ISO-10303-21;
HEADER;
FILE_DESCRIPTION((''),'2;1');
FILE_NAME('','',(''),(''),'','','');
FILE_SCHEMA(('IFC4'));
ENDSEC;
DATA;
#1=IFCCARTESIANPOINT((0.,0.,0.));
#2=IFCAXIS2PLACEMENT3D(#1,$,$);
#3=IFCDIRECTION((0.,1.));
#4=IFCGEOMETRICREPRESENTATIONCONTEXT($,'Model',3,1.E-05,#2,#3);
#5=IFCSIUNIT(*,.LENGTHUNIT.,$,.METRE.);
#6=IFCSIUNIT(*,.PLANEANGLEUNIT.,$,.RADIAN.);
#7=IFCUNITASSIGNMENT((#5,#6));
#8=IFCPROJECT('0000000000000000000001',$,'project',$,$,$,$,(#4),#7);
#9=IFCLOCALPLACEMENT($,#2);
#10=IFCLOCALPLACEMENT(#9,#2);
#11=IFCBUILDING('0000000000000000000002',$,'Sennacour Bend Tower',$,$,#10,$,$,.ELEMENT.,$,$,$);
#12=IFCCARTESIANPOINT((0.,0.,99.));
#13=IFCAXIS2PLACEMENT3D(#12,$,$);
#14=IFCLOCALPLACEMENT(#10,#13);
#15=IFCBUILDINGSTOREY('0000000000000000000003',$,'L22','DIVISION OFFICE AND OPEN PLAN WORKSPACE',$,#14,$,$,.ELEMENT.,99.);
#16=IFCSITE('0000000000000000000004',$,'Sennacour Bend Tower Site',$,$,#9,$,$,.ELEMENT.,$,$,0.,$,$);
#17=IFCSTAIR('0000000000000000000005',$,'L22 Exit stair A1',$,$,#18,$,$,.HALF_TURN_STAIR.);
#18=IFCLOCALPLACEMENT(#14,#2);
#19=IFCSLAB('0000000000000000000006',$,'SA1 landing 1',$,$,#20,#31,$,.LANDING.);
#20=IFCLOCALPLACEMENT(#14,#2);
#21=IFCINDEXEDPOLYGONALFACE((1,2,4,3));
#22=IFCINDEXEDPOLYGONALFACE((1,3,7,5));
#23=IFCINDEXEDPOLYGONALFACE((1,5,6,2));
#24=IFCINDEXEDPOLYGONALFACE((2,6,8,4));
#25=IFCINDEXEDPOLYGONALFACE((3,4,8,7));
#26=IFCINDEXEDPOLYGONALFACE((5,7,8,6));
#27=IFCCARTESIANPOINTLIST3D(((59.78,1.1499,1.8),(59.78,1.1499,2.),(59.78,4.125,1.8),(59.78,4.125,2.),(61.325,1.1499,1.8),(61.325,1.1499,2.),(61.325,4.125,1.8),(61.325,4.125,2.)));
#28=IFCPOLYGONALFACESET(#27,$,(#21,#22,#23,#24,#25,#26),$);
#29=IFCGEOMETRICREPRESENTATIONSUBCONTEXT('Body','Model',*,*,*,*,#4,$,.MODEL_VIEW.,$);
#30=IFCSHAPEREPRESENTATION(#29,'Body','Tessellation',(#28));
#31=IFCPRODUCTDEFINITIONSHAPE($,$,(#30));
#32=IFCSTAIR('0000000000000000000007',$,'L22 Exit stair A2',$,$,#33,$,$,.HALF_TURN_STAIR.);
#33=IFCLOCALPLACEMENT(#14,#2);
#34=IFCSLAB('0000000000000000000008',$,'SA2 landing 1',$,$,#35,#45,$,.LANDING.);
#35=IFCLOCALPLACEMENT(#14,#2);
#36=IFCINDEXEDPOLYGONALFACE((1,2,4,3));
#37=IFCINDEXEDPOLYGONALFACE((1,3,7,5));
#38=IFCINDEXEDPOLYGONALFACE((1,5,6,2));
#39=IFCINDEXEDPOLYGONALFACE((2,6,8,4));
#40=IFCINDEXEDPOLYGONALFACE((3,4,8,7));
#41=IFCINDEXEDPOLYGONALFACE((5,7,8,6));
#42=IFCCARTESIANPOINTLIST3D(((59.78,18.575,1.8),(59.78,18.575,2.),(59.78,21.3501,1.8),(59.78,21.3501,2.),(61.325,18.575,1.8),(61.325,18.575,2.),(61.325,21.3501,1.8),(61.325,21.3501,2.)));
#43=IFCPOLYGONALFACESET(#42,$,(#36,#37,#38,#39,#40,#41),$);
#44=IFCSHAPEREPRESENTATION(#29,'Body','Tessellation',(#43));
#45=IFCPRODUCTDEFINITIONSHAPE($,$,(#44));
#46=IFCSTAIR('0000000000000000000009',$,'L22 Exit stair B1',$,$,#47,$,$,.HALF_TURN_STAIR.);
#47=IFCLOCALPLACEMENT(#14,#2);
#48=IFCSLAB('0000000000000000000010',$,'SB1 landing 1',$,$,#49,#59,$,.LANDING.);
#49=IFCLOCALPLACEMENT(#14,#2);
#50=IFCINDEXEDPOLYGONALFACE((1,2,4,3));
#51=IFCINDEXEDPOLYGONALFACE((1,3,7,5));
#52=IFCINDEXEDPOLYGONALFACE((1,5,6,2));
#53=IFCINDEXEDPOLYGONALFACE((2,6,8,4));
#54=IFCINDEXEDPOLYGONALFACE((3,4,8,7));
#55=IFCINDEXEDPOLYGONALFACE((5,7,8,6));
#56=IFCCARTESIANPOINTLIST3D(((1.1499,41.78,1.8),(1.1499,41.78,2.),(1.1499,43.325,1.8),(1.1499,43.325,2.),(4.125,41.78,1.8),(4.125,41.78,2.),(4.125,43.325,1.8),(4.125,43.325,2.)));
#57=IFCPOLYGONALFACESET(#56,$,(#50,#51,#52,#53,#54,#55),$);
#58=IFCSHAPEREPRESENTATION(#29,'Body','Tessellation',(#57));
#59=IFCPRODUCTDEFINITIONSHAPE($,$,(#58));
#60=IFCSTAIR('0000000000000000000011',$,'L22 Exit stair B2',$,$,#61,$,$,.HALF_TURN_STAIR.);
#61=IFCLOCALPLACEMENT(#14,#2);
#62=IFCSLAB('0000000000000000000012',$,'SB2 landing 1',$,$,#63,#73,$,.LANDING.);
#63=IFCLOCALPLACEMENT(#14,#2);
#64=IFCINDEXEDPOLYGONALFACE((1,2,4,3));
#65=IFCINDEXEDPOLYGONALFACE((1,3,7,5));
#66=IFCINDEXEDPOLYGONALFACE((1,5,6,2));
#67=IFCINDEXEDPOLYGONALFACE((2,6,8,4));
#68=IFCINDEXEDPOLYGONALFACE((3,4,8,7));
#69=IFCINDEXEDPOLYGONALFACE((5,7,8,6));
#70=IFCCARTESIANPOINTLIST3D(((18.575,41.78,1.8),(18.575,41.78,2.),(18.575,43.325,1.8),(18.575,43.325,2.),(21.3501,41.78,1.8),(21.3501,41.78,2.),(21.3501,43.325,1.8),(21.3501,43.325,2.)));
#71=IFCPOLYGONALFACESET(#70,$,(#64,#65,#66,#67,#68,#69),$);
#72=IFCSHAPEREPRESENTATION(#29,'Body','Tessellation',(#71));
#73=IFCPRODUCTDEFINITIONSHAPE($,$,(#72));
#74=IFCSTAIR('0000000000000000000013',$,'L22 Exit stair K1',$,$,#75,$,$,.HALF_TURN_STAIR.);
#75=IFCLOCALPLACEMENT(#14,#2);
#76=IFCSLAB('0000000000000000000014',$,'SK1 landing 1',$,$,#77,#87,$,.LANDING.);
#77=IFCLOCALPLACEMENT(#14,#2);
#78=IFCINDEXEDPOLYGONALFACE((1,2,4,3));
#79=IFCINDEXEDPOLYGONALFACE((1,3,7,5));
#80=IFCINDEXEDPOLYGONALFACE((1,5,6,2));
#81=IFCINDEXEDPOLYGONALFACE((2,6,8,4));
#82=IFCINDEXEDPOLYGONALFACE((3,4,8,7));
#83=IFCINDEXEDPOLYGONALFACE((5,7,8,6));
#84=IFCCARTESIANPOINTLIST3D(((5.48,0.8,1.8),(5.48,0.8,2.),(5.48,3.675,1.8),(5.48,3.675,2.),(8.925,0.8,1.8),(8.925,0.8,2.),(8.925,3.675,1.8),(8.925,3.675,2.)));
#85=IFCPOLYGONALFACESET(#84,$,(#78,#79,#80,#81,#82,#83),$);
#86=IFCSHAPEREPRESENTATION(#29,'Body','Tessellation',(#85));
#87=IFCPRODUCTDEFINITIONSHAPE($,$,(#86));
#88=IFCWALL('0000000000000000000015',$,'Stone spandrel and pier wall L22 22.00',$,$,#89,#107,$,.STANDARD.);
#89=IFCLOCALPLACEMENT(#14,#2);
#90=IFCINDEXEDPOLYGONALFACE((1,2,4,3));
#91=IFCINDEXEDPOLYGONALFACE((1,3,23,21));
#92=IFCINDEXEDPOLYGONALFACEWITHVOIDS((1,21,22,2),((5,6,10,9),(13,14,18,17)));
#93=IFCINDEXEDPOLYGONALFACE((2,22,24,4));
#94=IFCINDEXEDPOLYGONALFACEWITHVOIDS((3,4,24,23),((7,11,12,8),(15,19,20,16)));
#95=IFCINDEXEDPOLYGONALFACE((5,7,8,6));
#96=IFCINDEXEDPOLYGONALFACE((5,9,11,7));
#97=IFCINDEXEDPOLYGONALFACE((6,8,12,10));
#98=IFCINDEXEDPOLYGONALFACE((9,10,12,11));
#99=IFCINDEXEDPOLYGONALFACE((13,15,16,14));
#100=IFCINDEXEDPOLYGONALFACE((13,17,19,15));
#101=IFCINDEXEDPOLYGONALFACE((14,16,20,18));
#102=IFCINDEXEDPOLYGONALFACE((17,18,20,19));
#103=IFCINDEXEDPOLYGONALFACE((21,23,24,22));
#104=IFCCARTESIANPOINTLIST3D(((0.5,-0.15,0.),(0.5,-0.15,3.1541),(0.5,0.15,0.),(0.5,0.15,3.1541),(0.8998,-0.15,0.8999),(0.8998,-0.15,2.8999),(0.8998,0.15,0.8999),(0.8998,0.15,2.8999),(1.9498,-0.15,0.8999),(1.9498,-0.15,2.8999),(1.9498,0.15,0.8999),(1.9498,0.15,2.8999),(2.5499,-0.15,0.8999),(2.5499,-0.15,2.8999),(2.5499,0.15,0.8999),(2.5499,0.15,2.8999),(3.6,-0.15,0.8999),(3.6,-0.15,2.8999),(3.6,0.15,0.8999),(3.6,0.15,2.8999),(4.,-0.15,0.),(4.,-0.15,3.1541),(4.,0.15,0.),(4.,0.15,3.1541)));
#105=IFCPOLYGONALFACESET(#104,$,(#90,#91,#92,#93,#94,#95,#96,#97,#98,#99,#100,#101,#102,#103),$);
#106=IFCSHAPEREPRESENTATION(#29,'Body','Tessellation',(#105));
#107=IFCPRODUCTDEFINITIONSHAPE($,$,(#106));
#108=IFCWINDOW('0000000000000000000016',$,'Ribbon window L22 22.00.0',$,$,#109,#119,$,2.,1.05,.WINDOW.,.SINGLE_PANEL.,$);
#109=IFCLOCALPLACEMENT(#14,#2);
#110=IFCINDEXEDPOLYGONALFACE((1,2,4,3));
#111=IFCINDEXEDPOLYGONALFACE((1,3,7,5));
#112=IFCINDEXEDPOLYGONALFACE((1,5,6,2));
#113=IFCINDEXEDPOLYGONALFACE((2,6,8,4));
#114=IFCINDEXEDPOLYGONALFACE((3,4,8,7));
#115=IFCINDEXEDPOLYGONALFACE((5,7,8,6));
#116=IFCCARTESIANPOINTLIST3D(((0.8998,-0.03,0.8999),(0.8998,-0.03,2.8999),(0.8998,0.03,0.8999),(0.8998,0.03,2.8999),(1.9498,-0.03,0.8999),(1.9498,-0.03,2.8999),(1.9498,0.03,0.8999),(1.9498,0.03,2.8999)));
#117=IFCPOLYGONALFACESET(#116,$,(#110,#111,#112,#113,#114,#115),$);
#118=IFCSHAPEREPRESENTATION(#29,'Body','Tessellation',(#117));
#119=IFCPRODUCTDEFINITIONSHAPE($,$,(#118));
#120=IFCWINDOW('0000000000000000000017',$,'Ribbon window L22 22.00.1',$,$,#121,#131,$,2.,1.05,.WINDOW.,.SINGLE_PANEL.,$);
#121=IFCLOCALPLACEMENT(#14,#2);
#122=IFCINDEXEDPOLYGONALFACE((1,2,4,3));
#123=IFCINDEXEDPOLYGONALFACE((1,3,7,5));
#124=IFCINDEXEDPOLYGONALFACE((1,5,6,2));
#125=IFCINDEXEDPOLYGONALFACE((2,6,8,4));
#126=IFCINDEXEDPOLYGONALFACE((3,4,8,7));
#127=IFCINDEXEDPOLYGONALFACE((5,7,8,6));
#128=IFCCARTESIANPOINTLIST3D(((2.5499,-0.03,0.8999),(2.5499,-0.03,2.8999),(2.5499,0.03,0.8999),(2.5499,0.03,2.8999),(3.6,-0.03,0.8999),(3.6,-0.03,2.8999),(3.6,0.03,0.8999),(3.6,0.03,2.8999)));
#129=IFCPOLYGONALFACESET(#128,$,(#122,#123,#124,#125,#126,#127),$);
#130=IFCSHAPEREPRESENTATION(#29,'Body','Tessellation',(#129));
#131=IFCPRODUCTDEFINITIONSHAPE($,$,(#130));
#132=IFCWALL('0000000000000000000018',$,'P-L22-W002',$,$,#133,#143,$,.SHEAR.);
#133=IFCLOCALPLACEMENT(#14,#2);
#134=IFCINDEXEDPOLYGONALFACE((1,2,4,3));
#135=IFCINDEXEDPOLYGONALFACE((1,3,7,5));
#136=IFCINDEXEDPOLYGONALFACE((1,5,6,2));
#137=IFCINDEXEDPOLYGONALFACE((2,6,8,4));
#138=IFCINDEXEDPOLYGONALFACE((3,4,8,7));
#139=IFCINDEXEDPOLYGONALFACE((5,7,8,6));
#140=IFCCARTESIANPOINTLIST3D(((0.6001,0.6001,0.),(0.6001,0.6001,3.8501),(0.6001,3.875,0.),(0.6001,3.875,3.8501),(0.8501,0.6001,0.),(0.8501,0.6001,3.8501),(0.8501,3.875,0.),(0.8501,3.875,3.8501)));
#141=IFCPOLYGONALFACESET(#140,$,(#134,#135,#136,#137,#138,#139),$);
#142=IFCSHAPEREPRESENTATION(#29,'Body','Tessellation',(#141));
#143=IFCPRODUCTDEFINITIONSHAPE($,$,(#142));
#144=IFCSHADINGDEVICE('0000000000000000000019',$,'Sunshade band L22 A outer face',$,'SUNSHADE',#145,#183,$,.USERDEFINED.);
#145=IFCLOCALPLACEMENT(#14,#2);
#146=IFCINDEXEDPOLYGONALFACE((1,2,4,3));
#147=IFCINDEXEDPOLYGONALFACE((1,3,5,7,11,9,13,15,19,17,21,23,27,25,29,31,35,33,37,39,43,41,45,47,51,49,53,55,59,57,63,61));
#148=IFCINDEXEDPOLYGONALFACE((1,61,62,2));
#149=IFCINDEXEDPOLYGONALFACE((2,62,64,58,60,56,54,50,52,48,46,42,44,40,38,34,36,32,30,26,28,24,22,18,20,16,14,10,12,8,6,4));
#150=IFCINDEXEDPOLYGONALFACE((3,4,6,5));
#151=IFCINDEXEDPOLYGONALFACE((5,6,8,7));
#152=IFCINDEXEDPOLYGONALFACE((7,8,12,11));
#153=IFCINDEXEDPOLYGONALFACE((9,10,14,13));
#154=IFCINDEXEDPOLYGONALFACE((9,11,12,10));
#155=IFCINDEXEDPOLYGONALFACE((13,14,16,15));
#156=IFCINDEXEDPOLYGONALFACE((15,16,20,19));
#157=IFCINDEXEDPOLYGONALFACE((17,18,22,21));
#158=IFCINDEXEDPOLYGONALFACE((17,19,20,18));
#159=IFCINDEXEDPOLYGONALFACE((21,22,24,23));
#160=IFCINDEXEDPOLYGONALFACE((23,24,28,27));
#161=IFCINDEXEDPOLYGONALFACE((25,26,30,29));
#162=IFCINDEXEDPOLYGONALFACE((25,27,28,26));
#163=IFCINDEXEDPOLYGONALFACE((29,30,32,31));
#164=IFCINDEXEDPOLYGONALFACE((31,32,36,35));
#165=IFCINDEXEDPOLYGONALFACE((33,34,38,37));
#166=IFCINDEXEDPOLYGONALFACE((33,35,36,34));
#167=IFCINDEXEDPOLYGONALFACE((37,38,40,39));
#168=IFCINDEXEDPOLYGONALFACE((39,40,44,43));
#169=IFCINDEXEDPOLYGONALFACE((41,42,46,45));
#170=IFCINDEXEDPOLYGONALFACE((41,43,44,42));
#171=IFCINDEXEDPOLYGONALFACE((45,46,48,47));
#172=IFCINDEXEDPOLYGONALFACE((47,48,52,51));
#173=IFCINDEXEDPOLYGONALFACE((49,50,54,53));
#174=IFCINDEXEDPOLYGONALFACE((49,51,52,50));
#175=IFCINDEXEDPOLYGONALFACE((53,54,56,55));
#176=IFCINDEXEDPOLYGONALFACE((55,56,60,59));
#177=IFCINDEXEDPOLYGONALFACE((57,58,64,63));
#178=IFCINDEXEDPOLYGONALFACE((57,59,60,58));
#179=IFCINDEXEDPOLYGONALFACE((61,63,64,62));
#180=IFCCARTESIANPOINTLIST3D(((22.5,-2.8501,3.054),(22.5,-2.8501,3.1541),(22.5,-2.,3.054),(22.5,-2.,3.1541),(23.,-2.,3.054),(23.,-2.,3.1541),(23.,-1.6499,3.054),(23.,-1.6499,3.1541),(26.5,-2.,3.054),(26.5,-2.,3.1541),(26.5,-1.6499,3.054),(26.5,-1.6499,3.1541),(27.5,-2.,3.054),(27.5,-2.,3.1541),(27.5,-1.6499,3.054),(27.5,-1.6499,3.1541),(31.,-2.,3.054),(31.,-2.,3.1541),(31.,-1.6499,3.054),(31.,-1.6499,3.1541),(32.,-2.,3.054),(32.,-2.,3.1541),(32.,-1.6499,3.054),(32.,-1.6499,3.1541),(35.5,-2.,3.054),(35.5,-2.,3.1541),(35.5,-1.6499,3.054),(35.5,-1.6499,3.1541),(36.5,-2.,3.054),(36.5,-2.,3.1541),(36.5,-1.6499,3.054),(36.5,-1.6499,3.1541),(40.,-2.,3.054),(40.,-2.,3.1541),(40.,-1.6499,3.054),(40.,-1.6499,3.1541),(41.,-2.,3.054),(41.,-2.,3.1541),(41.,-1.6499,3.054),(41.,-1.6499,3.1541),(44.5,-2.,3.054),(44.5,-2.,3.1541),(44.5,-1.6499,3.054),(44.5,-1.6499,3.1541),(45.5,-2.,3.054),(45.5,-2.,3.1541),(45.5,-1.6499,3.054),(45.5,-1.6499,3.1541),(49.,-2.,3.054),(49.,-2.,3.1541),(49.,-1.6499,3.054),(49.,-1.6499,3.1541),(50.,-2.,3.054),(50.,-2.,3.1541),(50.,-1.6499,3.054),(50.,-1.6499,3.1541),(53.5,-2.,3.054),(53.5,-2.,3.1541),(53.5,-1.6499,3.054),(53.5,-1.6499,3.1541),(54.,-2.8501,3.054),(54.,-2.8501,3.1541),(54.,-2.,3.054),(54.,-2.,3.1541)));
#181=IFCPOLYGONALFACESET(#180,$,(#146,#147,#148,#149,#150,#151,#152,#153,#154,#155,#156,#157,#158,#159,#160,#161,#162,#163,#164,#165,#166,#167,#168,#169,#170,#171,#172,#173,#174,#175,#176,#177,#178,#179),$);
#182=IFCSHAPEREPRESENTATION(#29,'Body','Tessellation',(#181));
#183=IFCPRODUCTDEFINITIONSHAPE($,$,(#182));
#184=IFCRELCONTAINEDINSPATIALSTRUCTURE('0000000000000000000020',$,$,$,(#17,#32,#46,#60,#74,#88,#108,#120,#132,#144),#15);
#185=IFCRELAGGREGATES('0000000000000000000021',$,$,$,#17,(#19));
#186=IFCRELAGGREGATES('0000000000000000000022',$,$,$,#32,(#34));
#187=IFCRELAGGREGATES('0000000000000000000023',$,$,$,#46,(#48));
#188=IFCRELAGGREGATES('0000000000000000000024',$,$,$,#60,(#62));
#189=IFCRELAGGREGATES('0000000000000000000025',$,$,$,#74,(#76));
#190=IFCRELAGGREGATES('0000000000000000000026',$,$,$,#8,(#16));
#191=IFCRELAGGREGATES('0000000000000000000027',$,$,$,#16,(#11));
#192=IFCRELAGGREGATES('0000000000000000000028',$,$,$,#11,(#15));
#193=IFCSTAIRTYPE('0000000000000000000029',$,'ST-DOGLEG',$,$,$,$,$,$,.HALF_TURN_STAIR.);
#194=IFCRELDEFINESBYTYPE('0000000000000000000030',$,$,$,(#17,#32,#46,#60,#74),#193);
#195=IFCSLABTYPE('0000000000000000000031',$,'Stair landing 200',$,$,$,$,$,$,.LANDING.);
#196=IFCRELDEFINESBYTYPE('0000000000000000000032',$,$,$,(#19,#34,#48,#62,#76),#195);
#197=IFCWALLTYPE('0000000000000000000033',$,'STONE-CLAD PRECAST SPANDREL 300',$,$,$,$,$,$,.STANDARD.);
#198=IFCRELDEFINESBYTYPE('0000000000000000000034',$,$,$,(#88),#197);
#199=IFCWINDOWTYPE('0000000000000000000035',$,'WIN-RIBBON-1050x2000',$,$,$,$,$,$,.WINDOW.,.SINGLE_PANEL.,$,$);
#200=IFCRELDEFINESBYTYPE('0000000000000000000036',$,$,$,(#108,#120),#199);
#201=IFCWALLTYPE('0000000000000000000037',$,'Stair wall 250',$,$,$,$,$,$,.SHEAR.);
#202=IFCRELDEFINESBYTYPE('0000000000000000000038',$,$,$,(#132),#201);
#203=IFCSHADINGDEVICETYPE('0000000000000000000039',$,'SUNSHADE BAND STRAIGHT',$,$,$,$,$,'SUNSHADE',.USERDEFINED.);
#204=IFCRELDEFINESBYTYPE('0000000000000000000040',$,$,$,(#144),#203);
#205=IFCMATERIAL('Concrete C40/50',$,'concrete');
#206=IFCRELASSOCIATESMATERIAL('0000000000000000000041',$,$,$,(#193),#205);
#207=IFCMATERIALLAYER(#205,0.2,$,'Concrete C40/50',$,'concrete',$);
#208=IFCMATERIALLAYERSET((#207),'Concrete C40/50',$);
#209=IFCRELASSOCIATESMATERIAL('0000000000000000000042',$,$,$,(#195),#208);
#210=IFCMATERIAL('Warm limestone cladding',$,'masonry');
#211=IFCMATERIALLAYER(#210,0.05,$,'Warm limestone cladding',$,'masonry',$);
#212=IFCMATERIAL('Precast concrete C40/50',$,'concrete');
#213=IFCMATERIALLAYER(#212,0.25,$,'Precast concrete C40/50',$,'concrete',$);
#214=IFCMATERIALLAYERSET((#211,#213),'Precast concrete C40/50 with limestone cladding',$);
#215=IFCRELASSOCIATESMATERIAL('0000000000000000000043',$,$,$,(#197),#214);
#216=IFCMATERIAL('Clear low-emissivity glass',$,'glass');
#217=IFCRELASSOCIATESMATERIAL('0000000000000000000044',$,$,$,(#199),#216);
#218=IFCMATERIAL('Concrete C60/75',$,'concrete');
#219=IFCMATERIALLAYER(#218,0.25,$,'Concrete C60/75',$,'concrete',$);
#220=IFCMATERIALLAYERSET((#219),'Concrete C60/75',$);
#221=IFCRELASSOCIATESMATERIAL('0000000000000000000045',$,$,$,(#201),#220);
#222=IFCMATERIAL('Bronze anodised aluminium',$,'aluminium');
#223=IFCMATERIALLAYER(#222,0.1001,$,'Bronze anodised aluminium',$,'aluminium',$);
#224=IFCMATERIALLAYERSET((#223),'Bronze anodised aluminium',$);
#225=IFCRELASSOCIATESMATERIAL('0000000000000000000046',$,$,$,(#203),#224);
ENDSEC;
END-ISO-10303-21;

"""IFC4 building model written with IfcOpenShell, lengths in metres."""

from ifc_helpers import new_model, si_unit, direction, frame, frame_2d, origin, place, context, subcontext, project, spatial, polyline, rectangle, outline, extrude, material, layer, layer_set, type_object, element, fill, aggregate, save


model = new_model("IFC4")

# Units and contexts
model_context = context("Model", 3, precision=1e-05, world=origin(), true_north=direction((0.0, 1.0)))
body_context = subcontext(model_context, "Body", "Model", "MODEL_VIEW")
ifc_project = project(units=[si_unit("LENGTHUNIT", "METRE"), si_unit("PLANEANGLEUNIT", "RADIAN")], contexts=[model_context])

# Site, building, storey
site_placement = place(None, origin())
site = spatial("IfcSite", under=ifc_project, at=site_placement, Name="Sennacour Bend Tower Site", CompositionType="ELEMENT", RefElevation=0.0)
building_placement = place(site_placement, origin())
building = spatial("IfcBuilding", under=site, at=building_placement, Name="Sennacour Bend Tower", CompositionType="ELEMENT")
storey_placement = place(building_placement, frame((0.0, 0.0, 99.0)))
storey = spatial("IfcBuildingStorey", under=building, at=storey_placement, Name="L22", Description="DIVISION OFFICE AND OPEN PLAN WORKSPACE", CompositionType="ELEMENT", Elevation=99.0)

# Shared definitions
ifc_material_1 = material(Name="Concrete C40/50", Category="concrete")

# Stairs, slabs
stair_type = type_object("IfcStairType", Name="ST-DOGLEG", PredefinedType="HALF_TURN_STAIR", material=ifc_material_1)
stair_1_placement = place(storey_placement, origin())
stair_1 = element("IfcStair", 1, at=stair_1_placement, inside=storey, type_object=stair_type, Name="L22 Exit stair A1", PredefinedType="HALF_TURN_STAIR")
ifc_layer_1 = layer(ifc_material_1, 0.2, Name="Concrete C40/50", Category="concrete")
ifc_layer_set_1 = layer_set([ifc_layer_1], Name="Concrete C40/50")
slab_type_1 = type_object("IfcSlabType", Name="Stair landing 200", PredefinedType="LANDING", material=ifc_layer_set_1)
slab_1_placement = place(storey_placement, frame((0.0, 0.0, 1.8)))
slab_1 = element("IfcSlab", 2, at=slab_1_placement, type_object=slab_type_1, Name="SA1 landing 1", PredefinedType="LANDING", context=body_context, shape_type="SweptSolid", body=[
    extrude(outline(polyline([(59.78, 1.1499), (61.325, 1.1499), (61.325, 4.125), (59.78, 4.125), (59.78, 1.1499)])), origin(), (0.0, 0.0, 1.0), 0.2),
])
aggregate(stair_1, [slab_1])
stair_2_placement = place(storey_placement, origin())
stair_2 = element("IfcStair", 3, at=stair_2_placement, inside=storey, type_object=stair_type, Name="L22 Exit stair A2", PredefinedType="HALF_TURN_STAIR")
slab_2_placement = place(storey_placement, frame((0.0, 0.0, 1.8)))
slab_2 = element("IfcSlab", 4, at=slab_2_placement, type_object=slab_type_1, Name="SA2 landing 1", PredefinedType="LANDING", context=body_context, shape_type="SweptSolid", body=[
    extrude(outline(polyline([(59.78, 18.575), (61.325, 18.575), (61.325, 21.3501), (59.78, 21.3501), (59.78, 18.575)])), origin(), (0.0, 0.0, 1.0), 0.2),
])
aggregate(stair_2, [slab_2])
stair_3_placement = place(storey_placement, origin())
stair_3 = element("IfcStair", 5, at=stair_3_placement, inside=storey, type_object=stair_type, Name="L22 Exit stair B1", PredefinedType="HALF_TURN_STAIR")
slab_3_placement = place(storey_placement, frame((0.0, 0.0, 1.8)))
slab_3 = element("IfcSlab", 6, at=slab_3_placement, type_object=slab_type_1, Name="SB1 landing 1", PredefinedType="LANDING", context=body_context, shape_type="SweptSolid", body=[
    extrude(outline(polyline([(1.1499, 41.78), (4.125, 41.78), (4.125, 43.325), (1.1499, 43.325), (1.1499, 41.78)])), origin(), (0.0, 0.0, 1.0), 0.2),
])
aggregate(stair_3, [slab_3])
stair_4_placement = place(storey_placement, origin())
stair_4 = element("IfcStair", 7, at=stair_4_placement, inside=storey, type_object=stair_type, Name="L22 Exit stair B2", PredefinedType="HALF_TURN_STAIR")
slab_4_placement = place(storey_placement, frame((0.0, 0.0, 1.8)))
slab_4 = element("IfcSlab", 8, at=slab_4_placement, type_object=slab_type_1, Name="SB2 landing 1", PredefinedType="LANDING", context=body_context, shape_type="SweptSolid", body=[
    extrude(outline(polyline([(18.575, 41.78), (21.3501, 41.78), (21.3501, 43.325), (18.575, 43.325), (18.575, 41.78)])), origin(), (0.0, 0.0, 1.0), 0.2),
])
aggregate(stair_4, [slab_4])
stair_5_placement = place(storey_placement, origin())
stair_5 = element("IfcStair", 9, at=stair_5_placement, inside=storey, type_object=stair_type, Name="L22 Exit stair K1", PredefinedType="HALF_TURN_STAIR")
slab_5_placement = place(storey_placement, frame((0.0, 0.0, 1.8)))
slab_5 = element("IfcSlab", 10, at=slab_5_placement, type_object=slab_type_1, Name="SK1 landing 1", PredefinedType="LANDING", context=body_context, shape_type="SweptSolid", body=[
    extrude(outline(polyline([(5.48, 0.8), (8.925, 0.8), (8.925, 3.675), (5.48, 3.675), (5.48, 0.8)])), origin(), (0.0, 0.0, 1.0), 0.2),
])
aggregate(stair_5, [slab_5])

# Wall, openings, windows
ifc_material_2 = material(Name="Warm limestone cladding", Category="masonry")
ifc_layer_2 = layer(ifc_material_2, 0.05, Name="Warm limestone cladding", Category="masonry")
ifc_material_3 = material(Name="Precast concrete C40/50", Category="concrete")
ifc_layer_3 = layer(ifc_material_3, 0.25, Name="Precast concrete C40/50", Category="concrete")
ifc_layer_set_2 = layer_set([ifc_layer_2, ifc_layer_3], Name="Precast concrete C40/50 with limestone cladding")
wall_type_1 = type_object("IfcWallType", Name="STONE-CLAD PRECAST SPANDREL 300", PredefinedType="STANDARD", material=ifc_layer_set_2)
wall_1_placement = place(storey_placement, frame((0.5, 0.0, 0.0), z_axis=(0.0, 0.0, 1.0), x_axis=(1.0, 0.0, 0.0)))
wall_1 = element("IfcWall", 11, at=wall_1_placement, inside=storey, type_object=wall_type_1, Name="Stone spandrel and pier wall L22 22.00", PredefinedType="STANDARD", context=body_context, shape_type="SweptSolid", body=[
    extrude(rectangle(XDim=3.5, YDim=0.3, at=frame_2d((1.75, 0.0))), origin(), (0.0, 0.0, 1.0), 3.1541),
])
opening_1_placement = place(wall_1_placement, frame((0.3999, 0.0, 0.8999)))
opening_1 = element("IfcOpeningElement", 12, at=opening_1_placement, cuts=wall_1, PredefinedType="OPENING", context=body_context, shape_type="SweptSolid", body=[
    extrude(rectangle(XDim=1.05, YDim=2.0, at=frame_2d((0.5249, 1.0))), frame((0.0, 0.1602, 0.0), z_axis=(0.0, -1.0, 0.0), x_axis=(1.0, 0.0, 0.0)), (0.0, 0.0, 1.0), 0.3201),
])
opening_2_placement = place(wall_1_placement, frame((2.05, 0.0, 0.8999)))
opening_2 = element("IfcOpeningElement", 13, at=opening_2_placement, cuts=wall_1, PredefinedType="OPENING", context=body_context, shape_type="SweptSolid", body=[
    extrude(rectangle(XDim=1.05, YDim=2.0, at=frame_2d((0.5249, 1.0))), frame((0.0, 0.1602, 0.0), z_axis=(0.0, -1.0, 0.0), x_axis=(1.0, 0.0, 0.0)), (0.0, 0.0, 1.0), 0.3201),
])
ifc_material_4 = material(Name="Clear low-emissivity glass", Category="glass")
window_type = type_object("IfcWindowType", Name="WIN-RIBBON-1050x2000", PartitioningType="SINGLE_PANEL", PredefinedType="WINDOW", material=ifc_material_4)
window_1_placement = place(opening_1_placement, origin())
window_1 = element("IfcWindow", 14, at=window_1_placement, inside=storey, type_object=window_type, Name="Ribbon window L22 22.00.0", OverallHeight=2.0, OverallWidth=1.05, PartitioningType="SINGLE_PANEL", PredefinedType="WINDOW", context=body_context, shape_type="SweptSolid", body=[
    extrude(rectangle(XDim=1.05, YDim=2.0, at=frame_2d((0.5249, 1.0))), frame((0.0, 0.03, 0.0), z_axis=(0.0, -1.0, 0.0), x_axis=(1.0, 0.0, 0.0)), (0.0, 0.0, 1.0), 0.0601),
])
fill(opening_1, window_1)
window_2_placement = place(opening_2_placement, origin())
window_2 = element("IfcWindow", 15, at=window_2_placement, inside=storey, type_object=window_type, Name="Ribbon window L22 22.00.1", OverallHeight=2.0, OverallWidth=1.05, PartitioningType="SINGLE_PANEL", PredefinedType="WINDOW", context=body_context, shape_type="SweptSolid", body=[
    extrude(rectangle(XDim=1.05, YDim=2.0, at=frame_2d((0.5249, 1.0))), frame((0.0, 0.03, 0.0), z_axis=(0.0, -1.0, 0.0), x_axis=(1.0, 0.0, 0.0)), (0.0, 0.0, 1.0), 0.0601),
])
fill(opening_2, window_2)

# Wall
ifc_material_5 = material(Name="Concrete C60/75", Category="concrete")
ifc_layer_4 = layer(ifc_material_5, 0.25, Name="Concrete C60/75", Category="concrete")
ifc_layer_set_3 = layer_set([ifc_layer_4], Name="Concrete C60/75")
wall_type_2 = type_object("IfcWallType", Name="Stair wall 250", PredefinedType="SHEAR", material=ifc_layer_set_3)
wall_2_placement = place(storey_placement, frame((0.7251, 0.6001, 0.0), z_axis=(0.0, 0.0, 1.0), x_axis=(0.0, 1.0, 0.0)))
element("IfcWall", 16, at=wall_2_placement, inside=storey, type_object=wall_type_2, Name="P-L22-W002", PredefinedType="SHEAR", context=body_context, shape_type="SweptSolid", body=[
    extrude(rectangle(XDim=3.2749, YDim=0.25, at=frame_2d((1.6375, 0.0))), origin(), (0.0, 0.0, 1.0), 3.8501),
])

# Shading device
ifc_material_6 = material(Name="Bronze anodised aluminium", Category="aluminium")
ifc_layer_5 = layer(ifc_material_6, 0.1001, Name="Bronze anodised aluminium", Category="aluminium")
ifc_layer_set_4 = layer_set([ifc_layer_5], Name="Bronze anodised aluminium")
shading_device_type_1 = type_object("IfcShadingDeviceType", Name="SUNSHADE BAND STRAIGHT", ElementType="SUNSHADE", PredefinedType="USERDEFINED", material=ifc_layer_set_4)
shading_device_1_placement = place(storey_placement, frame((0.0, 0.0, 3.054)))
element("IfcShadingDevice", 17, at=shading_device_1_placement, inside=storey, type_object=shading_device_type_1, Name="Sunshade band L22 A outer face", ObjectType="SUNSHADE", PredefinedType="USERDEFINED", context=body_context, shape_type="SweptSolid", body=[
    extrude(outline(polyline([(26.5, -1.6499), (26.5, -2.0), (27.5, -2.0), (27.5, -1.6499), (31.0, -1.6499), (31.0, -2.0), (32.0, -2.0), (32.0, -1.6499), (35.5, -1.6499), (35.5, -2.0), (36.5, -2.0), (36.5, -1.6499), (40.0, -1.6499), (40.0, -2.0), (41.0, -2.0), (41.0, -1.6499), (44.5, -1.6499), (44.5, -2.0), (45.5, -2.0), (45.5, -1.6499), (49.0, -1.6499), (49.0, -2.0), (50.0, -2.0), (50.0, -1.6499), (53.5, -1.6499), (53.5, -2.0), (54.0, -2.0), (54.0, -2.8501), (22.5, -2.8501), (22.5, -2.0), (23.0, -2.0), (23.0, -1.6499), (26.5, -1.6499)])), origin(), (0.0, 0.0, 1.0), 0.1001),
])

save(model, "model.ifc")
